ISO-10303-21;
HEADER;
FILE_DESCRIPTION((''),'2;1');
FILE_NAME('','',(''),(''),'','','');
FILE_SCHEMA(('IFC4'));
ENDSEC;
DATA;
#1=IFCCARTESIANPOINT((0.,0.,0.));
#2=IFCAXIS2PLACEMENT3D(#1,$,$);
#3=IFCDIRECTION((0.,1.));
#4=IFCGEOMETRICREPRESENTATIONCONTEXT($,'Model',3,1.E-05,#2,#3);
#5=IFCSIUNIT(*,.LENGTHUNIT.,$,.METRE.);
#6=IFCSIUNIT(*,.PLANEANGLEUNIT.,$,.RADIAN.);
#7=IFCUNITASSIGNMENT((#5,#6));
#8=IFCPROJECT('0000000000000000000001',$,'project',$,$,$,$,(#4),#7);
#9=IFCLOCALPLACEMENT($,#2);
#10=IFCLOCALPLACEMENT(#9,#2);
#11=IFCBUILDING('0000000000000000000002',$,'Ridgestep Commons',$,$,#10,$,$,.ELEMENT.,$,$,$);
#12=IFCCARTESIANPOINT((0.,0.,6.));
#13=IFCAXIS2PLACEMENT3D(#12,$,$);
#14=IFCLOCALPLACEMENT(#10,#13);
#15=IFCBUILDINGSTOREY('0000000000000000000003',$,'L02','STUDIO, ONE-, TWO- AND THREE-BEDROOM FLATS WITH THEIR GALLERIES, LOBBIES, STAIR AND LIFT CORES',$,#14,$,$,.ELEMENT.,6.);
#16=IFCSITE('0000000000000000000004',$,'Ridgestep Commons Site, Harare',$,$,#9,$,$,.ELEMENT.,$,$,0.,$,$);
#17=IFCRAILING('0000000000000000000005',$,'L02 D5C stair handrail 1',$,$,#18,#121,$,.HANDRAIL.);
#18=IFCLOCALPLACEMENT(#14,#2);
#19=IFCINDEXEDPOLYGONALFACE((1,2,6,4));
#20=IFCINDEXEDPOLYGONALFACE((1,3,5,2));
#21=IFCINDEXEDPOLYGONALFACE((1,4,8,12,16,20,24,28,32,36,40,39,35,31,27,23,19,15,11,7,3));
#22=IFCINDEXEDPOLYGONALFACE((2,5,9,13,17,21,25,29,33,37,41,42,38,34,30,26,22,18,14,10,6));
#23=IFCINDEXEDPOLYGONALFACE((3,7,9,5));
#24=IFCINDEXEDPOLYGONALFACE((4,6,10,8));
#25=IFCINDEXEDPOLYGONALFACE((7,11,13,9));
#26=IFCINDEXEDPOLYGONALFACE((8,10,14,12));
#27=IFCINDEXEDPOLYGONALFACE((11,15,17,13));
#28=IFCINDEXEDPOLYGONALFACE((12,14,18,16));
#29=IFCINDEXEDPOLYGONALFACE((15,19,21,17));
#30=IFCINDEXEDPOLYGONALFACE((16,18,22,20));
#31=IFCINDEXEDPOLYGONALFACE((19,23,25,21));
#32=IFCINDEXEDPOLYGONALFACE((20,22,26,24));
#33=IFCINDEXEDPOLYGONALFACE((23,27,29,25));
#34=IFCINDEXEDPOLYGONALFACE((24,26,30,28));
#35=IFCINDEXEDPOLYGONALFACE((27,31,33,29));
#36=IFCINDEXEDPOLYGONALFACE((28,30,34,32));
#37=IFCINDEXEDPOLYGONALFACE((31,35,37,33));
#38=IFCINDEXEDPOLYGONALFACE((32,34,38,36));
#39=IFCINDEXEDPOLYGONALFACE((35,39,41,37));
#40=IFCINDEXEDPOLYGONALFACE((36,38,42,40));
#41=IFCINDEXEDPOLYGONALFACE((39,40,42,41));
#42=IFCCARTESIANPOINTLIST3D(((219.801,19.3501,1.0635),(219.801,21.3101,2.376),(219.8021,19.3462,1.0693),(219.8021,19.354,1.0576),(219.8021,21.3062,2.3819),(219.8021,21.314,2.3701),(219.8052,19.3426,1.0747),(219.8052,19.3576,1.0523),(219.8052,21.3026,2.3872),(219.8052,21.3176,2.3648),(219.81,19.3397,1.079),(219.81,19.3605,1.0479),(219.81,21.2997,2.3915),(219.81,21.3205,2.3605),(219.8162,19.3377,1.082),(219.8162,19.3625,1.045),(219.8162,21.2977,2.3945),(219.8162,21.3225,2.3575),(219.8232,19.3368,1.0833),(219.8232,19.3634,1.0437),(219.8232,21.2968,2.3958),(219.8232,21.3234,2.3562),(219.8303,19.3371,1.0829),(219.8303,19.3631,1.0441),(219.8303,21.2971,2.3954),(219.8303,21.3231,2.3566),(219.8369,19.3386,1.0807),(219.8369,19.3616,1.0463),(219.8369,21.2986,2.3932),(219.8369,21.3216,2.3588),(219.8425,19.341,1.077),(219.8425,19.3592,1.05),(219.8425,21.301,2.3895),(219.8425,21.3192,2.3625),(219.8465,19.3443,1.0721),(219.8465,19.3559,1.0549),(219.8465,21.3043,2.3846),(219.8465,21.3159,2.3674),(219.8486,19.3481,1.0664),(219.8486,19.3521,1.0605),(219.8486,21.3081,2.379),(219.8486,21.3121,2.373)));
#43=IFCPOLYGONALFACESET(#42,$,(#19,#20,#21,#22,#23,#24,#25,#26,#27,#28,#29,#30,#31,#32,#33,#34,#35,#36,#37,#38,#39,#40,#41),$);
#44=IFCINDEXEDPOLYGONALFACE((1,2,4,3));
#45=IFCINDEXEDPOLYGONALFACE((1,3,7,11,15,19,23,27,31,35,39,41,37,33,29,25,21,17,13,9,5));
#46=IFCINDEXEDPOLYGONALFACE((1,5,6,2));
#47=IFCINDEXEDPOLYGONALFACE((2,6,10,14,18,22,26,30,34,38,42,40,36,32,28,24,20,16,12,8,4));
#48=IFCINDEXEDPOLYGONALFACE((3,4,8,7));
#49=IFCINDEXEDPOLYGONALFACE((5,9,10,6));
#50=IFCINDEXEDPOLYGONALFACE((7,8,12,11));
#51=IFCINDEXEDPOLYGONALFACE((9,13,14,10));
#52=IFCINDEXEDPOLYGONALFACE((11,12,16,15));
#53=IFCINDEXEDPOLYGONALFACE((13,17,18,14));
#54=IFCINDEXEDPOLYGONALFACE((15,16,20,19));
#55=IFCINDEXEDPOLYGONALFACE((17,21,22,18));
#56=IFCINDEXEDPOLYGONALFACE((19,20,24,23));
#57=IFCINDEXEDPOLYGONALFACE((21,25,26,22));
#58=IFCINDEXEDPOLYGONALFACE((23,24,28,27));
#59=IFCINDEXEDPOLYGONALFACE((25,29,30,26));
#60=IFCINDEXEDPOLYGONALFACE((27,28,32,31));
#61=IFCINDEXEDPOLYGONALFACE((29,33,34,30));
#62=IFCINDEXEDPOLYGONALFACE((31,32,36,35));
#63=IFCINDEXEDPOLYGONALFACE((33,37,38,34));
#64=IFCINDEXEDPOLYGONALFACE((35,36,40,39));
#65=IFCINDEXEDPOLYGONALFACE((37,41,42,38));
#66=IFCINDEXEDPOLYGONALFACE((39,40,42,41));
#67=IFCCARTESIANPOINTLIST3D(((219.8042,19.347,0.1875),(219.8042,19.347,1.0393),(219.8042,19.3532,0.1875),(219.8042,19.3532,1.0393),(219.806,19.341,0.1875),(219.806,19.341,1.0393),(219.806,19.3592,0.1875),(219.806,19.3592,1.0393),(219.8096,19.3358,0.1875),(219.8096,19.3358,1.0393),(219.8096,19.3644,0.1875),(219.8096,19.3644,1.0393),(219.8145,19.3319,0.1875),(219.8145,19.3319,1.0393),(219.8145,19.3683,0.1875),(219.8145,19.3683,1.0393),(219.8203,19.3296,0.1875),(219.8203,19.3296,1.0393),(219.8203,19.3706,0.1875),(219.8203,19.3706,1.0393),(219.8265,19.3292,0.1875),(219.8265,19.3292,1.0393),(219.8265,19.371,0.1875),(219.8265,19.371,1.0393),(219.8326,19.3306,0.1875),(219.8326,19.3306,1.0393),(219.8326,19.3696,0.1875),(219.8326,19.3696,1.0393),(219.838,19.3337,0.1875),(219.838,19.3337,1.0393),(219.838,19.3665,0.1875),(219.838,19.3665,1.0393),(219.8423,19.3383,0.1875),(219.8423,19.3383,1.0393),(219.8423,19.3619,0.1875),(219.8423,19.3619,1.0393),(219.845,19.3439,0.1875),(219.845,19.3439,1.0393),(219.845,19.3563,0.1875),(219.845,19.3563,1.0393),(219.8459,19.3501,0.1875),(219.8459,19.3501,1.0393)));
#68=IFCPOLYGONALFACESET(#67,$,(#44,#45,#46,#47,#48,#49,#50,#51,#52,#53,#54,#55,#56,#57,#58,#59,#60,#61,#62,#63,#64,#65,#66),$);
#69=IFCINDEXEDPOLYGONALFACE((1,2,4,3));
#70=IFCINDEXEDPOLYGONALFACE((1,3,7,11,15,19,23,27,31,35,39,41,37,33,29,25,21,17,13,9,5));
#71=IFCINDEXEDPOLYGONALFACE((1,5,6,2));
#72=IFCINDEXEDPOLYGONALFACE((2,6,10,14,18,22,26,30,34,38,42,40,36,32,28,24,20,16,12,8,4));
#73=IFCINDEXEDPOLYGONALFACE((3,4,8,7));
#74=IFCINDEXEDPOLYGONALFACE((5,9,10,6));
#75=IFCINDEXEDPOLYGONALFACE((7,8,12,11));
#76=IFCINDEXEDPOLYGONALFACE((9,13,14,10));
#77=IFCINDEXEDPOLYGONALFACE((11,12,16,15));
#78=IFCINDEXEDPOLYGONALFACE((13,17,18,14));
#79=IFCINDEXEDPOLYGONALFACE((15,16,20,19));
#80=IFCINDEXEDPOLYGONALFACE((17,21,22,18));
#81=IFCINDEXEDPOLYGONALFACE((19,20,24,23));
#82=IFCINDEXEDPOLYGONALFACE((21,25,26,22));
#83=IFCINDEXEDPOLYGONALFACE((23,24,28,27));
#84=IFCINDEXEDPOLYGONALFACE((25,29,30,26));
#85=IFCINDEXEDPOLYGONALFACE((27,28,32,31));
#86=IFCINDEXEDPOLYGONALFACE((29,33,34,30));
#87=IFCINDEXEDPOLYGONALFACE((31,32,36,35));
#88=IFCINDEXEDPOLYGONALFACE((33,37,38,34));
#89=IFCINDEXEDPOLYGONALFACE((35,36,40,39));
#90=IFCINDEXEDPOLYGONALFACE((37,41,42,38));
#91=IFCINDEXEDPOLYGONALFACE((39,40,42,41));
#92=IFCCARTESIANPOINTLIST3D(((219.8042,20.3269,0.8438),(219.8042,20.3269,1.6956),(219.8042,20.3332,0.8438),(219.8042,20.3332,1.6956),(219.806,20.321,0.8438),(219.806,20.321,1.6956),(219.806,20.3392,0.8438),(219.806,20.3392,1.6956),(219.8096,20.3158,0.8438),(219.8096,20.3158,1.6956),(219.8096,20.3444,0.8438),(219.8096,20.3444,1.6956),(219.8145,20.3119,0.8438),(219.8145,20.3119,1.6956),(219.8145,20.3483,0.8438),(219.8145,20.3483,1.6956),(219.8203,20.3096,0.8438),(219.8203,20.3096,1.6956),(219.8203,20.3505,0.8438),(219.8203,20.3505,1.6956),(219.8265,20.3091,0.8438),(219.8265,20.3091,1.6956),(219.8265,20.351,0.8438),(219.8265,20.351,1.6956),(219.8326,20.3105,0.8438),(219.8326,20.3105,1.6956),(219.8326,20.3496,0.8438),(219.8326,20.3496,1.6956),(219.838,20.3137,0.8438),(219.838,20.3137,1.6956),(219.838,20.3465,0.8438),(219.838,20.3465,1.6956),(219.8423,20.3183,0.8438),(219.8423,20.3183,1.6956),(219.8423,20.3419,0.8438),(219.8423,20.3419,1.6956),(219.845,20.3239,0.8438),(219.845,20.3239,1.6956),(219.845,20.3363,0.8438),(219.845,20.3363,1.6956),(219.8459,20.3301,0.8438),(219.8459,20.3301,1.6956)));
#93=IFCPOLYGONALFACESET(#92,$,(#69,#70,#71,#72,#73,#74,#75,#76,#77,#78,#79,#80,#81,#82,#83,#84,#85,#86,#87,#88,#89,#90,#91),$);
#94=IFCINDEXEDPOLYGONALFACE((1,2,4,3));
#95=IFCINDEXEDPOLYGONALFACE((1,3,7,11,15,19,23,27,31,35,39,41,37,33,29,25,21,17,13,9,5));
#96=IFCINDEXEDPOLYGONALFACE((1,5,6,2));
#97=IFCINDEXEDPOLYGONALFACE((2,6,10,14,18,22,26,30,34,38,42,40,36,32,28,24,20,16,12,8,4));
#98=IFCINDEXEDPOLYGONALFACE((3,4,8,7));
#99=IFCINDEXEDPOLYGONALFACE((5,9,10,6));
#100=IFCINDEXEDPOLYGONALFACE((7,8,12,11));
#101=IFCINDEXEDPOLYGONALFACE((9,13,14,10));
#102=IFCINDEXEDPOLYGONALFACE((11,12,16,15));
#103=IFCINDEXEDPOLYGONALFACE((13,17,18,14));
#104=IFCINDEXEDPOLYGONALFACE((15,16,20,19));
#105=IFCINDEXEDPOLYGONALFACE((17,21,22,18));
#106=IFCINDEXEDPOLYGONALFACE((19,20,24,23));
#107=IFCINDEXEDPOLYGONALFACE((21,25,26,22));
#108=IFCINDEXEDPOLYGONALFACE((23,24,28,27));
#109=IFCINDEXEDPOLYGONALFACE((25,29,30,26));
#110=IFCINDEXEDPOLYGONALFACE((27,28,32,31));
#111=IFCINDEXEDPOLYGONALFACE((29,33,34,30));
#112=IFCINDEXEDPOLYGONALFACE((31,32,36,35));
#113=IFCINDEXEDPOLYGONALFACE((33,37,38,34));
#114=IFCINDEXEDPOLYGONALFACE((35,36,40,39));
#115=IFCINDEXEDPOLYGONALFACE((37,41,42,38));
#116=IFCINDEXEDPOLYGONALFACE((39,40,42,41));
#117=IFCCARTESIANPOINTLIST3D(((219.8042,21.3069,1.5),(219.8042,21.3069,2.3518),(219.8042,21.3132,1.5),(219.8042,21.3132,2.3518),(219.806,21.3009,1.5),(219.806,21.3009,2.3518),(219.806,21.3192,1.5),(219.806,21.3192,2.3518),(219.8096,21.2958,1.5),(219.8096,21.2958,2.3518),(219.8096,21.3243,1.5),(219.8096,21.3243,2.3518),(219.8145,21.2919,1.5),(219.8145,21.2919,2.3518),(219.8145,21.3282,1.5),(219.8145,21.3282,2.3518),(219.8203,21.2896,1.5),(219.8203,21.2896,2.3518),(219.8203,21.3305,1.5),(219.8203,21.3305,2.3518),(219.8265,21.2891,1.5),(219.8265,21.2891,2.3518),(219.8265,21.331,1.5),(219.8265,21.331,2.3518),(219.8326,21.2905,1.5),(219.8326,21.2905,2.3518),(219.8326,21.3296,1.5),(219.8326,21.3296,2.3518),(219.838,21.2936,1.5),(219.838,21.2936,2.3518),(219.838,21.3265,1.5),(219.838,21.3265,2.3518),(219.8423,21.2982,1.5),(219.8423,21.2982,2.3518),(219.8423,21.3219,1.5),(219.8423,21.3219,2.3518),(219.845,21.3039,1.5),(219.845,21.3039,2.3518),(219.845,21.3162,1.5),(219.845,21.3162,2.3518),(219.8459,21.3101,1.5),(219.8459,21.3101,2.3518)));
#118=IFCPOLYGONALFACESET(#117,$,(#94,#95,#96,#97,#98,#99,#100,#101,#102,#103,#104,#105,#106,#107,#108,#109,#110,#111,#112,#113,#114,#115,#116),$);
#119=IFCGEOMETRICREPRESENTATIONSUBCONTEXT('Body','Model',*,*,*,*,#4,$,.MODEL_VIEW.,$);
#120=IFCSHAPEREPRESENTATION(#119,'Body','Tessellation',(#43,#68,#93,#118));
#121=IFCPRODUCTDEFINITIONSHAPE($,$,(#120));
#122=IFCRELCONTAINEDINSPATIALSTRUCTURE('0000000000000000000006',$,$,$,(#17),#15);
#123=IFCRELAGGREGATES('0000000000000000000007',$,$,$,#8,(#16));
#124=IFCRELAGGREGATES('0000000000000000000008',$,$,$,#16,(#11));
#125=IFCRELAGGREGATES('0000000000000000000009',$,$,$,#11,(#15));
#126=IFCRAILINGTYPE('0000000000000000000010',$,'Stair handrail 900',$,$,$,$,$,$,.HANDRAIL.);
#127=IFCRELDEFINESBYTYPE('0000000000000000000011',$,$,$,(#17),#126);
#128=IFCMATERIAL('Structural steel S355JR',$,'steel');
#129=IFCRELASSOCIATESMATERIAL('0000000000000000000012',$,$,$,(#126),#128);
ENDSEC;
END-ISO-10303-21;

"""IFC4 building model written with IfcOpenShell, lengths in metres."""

from ifc_helpers import new_model, si_unit, direction, frame, origin, origin_2d, place, context, subcontext, project, spatial, circle, extrude, material, type_object, element, save


model = new_model("IFC4")

# Units and contexts
model_context = context("Model", 3, precision=1e-05, world=origin(), true_north=direction((0.0, 1.0)))
body_context = subcontext(model_context, "Body", "Model", "MODEL_VIEW")
ifc_project = project(units=[si_unit("LENGTHUNIT", "METRE"), si_unit("PLANEANGLEUNIT", "RADIAN")], contexts=[model_context])

# Site, building, storey
site_placement = place(None, origin())
site = spatial("IfcSite", under=ifc_project, at=site_placement, Name="Ridgestep Commons Site, Harare", CompositionType="ELEMENT", RefElevation=0.0)
building_placement = place(site_placement, origin())
building = spatial("IfcBuilding", under=site, at=building_placement, Name="Ridgestep Commons", CompositionType="ELEMENT")
storey_placement = place(building_placement, frame((0.0, 0.0, 6.0)))
storey = spatial("IfcBuildingStorey", under=building, at=storey_placement, Name="L02", Description="STUDIO, ONE-, TWO- AND THREE-BEDROOM FLATS WITH THEIR GALLERIES, LOBBIES, STAIR AND LIFT CORES", CompositionType="ELEMENT", Elevation=6.0)

# Railing
ifc_material_1 = material(Name="Structural steel S355JR", Category="steel")
railing_type_1 = type_object("IfcRailingType", Name="Stair handrail 900", PredefinedType="HANDRAIL", material=ifc_material_1)
railing_1_placement = place(storey_placement, frame((219.825, 19.3501, 0.1875)))
element("IfcRailing", 1, at=railing_1_placement, inside=storey, type_object=railing_type_1, Name="L02 D5C stair handrail 1", PredefinedType="HANDRAIL", context=body_context, shape_type="SweptSolid", body=[
    extrude(circle(Radius=0.0239, at=origin_2d()), frame((0.0, 0.0, 0.876), z_axis=(0.0, 0.830902, 0.556419), x_axis=(-1.0, 0.0, 0.0)), (0.0, 0.0, 1.0), 2.3589),
    extrude(circle(Radius=0.021, at=origin_2d()), origin(), (0.0, 0.0, 1.0), 0.8518),
    extrude(circle(Radius=0.021, at=origin_2d()), frame((0.0, 0.98, 0.6562)), (0.0, 0.0, 1.0), 0.8518),
    extrude(circle(Radius=0.021, at=origin_2d()), frame((0.0, 1.96, 1.3125)), (0.0, 0.0, 1.0), 0.8518),
])

save(model, "model.ifc")
